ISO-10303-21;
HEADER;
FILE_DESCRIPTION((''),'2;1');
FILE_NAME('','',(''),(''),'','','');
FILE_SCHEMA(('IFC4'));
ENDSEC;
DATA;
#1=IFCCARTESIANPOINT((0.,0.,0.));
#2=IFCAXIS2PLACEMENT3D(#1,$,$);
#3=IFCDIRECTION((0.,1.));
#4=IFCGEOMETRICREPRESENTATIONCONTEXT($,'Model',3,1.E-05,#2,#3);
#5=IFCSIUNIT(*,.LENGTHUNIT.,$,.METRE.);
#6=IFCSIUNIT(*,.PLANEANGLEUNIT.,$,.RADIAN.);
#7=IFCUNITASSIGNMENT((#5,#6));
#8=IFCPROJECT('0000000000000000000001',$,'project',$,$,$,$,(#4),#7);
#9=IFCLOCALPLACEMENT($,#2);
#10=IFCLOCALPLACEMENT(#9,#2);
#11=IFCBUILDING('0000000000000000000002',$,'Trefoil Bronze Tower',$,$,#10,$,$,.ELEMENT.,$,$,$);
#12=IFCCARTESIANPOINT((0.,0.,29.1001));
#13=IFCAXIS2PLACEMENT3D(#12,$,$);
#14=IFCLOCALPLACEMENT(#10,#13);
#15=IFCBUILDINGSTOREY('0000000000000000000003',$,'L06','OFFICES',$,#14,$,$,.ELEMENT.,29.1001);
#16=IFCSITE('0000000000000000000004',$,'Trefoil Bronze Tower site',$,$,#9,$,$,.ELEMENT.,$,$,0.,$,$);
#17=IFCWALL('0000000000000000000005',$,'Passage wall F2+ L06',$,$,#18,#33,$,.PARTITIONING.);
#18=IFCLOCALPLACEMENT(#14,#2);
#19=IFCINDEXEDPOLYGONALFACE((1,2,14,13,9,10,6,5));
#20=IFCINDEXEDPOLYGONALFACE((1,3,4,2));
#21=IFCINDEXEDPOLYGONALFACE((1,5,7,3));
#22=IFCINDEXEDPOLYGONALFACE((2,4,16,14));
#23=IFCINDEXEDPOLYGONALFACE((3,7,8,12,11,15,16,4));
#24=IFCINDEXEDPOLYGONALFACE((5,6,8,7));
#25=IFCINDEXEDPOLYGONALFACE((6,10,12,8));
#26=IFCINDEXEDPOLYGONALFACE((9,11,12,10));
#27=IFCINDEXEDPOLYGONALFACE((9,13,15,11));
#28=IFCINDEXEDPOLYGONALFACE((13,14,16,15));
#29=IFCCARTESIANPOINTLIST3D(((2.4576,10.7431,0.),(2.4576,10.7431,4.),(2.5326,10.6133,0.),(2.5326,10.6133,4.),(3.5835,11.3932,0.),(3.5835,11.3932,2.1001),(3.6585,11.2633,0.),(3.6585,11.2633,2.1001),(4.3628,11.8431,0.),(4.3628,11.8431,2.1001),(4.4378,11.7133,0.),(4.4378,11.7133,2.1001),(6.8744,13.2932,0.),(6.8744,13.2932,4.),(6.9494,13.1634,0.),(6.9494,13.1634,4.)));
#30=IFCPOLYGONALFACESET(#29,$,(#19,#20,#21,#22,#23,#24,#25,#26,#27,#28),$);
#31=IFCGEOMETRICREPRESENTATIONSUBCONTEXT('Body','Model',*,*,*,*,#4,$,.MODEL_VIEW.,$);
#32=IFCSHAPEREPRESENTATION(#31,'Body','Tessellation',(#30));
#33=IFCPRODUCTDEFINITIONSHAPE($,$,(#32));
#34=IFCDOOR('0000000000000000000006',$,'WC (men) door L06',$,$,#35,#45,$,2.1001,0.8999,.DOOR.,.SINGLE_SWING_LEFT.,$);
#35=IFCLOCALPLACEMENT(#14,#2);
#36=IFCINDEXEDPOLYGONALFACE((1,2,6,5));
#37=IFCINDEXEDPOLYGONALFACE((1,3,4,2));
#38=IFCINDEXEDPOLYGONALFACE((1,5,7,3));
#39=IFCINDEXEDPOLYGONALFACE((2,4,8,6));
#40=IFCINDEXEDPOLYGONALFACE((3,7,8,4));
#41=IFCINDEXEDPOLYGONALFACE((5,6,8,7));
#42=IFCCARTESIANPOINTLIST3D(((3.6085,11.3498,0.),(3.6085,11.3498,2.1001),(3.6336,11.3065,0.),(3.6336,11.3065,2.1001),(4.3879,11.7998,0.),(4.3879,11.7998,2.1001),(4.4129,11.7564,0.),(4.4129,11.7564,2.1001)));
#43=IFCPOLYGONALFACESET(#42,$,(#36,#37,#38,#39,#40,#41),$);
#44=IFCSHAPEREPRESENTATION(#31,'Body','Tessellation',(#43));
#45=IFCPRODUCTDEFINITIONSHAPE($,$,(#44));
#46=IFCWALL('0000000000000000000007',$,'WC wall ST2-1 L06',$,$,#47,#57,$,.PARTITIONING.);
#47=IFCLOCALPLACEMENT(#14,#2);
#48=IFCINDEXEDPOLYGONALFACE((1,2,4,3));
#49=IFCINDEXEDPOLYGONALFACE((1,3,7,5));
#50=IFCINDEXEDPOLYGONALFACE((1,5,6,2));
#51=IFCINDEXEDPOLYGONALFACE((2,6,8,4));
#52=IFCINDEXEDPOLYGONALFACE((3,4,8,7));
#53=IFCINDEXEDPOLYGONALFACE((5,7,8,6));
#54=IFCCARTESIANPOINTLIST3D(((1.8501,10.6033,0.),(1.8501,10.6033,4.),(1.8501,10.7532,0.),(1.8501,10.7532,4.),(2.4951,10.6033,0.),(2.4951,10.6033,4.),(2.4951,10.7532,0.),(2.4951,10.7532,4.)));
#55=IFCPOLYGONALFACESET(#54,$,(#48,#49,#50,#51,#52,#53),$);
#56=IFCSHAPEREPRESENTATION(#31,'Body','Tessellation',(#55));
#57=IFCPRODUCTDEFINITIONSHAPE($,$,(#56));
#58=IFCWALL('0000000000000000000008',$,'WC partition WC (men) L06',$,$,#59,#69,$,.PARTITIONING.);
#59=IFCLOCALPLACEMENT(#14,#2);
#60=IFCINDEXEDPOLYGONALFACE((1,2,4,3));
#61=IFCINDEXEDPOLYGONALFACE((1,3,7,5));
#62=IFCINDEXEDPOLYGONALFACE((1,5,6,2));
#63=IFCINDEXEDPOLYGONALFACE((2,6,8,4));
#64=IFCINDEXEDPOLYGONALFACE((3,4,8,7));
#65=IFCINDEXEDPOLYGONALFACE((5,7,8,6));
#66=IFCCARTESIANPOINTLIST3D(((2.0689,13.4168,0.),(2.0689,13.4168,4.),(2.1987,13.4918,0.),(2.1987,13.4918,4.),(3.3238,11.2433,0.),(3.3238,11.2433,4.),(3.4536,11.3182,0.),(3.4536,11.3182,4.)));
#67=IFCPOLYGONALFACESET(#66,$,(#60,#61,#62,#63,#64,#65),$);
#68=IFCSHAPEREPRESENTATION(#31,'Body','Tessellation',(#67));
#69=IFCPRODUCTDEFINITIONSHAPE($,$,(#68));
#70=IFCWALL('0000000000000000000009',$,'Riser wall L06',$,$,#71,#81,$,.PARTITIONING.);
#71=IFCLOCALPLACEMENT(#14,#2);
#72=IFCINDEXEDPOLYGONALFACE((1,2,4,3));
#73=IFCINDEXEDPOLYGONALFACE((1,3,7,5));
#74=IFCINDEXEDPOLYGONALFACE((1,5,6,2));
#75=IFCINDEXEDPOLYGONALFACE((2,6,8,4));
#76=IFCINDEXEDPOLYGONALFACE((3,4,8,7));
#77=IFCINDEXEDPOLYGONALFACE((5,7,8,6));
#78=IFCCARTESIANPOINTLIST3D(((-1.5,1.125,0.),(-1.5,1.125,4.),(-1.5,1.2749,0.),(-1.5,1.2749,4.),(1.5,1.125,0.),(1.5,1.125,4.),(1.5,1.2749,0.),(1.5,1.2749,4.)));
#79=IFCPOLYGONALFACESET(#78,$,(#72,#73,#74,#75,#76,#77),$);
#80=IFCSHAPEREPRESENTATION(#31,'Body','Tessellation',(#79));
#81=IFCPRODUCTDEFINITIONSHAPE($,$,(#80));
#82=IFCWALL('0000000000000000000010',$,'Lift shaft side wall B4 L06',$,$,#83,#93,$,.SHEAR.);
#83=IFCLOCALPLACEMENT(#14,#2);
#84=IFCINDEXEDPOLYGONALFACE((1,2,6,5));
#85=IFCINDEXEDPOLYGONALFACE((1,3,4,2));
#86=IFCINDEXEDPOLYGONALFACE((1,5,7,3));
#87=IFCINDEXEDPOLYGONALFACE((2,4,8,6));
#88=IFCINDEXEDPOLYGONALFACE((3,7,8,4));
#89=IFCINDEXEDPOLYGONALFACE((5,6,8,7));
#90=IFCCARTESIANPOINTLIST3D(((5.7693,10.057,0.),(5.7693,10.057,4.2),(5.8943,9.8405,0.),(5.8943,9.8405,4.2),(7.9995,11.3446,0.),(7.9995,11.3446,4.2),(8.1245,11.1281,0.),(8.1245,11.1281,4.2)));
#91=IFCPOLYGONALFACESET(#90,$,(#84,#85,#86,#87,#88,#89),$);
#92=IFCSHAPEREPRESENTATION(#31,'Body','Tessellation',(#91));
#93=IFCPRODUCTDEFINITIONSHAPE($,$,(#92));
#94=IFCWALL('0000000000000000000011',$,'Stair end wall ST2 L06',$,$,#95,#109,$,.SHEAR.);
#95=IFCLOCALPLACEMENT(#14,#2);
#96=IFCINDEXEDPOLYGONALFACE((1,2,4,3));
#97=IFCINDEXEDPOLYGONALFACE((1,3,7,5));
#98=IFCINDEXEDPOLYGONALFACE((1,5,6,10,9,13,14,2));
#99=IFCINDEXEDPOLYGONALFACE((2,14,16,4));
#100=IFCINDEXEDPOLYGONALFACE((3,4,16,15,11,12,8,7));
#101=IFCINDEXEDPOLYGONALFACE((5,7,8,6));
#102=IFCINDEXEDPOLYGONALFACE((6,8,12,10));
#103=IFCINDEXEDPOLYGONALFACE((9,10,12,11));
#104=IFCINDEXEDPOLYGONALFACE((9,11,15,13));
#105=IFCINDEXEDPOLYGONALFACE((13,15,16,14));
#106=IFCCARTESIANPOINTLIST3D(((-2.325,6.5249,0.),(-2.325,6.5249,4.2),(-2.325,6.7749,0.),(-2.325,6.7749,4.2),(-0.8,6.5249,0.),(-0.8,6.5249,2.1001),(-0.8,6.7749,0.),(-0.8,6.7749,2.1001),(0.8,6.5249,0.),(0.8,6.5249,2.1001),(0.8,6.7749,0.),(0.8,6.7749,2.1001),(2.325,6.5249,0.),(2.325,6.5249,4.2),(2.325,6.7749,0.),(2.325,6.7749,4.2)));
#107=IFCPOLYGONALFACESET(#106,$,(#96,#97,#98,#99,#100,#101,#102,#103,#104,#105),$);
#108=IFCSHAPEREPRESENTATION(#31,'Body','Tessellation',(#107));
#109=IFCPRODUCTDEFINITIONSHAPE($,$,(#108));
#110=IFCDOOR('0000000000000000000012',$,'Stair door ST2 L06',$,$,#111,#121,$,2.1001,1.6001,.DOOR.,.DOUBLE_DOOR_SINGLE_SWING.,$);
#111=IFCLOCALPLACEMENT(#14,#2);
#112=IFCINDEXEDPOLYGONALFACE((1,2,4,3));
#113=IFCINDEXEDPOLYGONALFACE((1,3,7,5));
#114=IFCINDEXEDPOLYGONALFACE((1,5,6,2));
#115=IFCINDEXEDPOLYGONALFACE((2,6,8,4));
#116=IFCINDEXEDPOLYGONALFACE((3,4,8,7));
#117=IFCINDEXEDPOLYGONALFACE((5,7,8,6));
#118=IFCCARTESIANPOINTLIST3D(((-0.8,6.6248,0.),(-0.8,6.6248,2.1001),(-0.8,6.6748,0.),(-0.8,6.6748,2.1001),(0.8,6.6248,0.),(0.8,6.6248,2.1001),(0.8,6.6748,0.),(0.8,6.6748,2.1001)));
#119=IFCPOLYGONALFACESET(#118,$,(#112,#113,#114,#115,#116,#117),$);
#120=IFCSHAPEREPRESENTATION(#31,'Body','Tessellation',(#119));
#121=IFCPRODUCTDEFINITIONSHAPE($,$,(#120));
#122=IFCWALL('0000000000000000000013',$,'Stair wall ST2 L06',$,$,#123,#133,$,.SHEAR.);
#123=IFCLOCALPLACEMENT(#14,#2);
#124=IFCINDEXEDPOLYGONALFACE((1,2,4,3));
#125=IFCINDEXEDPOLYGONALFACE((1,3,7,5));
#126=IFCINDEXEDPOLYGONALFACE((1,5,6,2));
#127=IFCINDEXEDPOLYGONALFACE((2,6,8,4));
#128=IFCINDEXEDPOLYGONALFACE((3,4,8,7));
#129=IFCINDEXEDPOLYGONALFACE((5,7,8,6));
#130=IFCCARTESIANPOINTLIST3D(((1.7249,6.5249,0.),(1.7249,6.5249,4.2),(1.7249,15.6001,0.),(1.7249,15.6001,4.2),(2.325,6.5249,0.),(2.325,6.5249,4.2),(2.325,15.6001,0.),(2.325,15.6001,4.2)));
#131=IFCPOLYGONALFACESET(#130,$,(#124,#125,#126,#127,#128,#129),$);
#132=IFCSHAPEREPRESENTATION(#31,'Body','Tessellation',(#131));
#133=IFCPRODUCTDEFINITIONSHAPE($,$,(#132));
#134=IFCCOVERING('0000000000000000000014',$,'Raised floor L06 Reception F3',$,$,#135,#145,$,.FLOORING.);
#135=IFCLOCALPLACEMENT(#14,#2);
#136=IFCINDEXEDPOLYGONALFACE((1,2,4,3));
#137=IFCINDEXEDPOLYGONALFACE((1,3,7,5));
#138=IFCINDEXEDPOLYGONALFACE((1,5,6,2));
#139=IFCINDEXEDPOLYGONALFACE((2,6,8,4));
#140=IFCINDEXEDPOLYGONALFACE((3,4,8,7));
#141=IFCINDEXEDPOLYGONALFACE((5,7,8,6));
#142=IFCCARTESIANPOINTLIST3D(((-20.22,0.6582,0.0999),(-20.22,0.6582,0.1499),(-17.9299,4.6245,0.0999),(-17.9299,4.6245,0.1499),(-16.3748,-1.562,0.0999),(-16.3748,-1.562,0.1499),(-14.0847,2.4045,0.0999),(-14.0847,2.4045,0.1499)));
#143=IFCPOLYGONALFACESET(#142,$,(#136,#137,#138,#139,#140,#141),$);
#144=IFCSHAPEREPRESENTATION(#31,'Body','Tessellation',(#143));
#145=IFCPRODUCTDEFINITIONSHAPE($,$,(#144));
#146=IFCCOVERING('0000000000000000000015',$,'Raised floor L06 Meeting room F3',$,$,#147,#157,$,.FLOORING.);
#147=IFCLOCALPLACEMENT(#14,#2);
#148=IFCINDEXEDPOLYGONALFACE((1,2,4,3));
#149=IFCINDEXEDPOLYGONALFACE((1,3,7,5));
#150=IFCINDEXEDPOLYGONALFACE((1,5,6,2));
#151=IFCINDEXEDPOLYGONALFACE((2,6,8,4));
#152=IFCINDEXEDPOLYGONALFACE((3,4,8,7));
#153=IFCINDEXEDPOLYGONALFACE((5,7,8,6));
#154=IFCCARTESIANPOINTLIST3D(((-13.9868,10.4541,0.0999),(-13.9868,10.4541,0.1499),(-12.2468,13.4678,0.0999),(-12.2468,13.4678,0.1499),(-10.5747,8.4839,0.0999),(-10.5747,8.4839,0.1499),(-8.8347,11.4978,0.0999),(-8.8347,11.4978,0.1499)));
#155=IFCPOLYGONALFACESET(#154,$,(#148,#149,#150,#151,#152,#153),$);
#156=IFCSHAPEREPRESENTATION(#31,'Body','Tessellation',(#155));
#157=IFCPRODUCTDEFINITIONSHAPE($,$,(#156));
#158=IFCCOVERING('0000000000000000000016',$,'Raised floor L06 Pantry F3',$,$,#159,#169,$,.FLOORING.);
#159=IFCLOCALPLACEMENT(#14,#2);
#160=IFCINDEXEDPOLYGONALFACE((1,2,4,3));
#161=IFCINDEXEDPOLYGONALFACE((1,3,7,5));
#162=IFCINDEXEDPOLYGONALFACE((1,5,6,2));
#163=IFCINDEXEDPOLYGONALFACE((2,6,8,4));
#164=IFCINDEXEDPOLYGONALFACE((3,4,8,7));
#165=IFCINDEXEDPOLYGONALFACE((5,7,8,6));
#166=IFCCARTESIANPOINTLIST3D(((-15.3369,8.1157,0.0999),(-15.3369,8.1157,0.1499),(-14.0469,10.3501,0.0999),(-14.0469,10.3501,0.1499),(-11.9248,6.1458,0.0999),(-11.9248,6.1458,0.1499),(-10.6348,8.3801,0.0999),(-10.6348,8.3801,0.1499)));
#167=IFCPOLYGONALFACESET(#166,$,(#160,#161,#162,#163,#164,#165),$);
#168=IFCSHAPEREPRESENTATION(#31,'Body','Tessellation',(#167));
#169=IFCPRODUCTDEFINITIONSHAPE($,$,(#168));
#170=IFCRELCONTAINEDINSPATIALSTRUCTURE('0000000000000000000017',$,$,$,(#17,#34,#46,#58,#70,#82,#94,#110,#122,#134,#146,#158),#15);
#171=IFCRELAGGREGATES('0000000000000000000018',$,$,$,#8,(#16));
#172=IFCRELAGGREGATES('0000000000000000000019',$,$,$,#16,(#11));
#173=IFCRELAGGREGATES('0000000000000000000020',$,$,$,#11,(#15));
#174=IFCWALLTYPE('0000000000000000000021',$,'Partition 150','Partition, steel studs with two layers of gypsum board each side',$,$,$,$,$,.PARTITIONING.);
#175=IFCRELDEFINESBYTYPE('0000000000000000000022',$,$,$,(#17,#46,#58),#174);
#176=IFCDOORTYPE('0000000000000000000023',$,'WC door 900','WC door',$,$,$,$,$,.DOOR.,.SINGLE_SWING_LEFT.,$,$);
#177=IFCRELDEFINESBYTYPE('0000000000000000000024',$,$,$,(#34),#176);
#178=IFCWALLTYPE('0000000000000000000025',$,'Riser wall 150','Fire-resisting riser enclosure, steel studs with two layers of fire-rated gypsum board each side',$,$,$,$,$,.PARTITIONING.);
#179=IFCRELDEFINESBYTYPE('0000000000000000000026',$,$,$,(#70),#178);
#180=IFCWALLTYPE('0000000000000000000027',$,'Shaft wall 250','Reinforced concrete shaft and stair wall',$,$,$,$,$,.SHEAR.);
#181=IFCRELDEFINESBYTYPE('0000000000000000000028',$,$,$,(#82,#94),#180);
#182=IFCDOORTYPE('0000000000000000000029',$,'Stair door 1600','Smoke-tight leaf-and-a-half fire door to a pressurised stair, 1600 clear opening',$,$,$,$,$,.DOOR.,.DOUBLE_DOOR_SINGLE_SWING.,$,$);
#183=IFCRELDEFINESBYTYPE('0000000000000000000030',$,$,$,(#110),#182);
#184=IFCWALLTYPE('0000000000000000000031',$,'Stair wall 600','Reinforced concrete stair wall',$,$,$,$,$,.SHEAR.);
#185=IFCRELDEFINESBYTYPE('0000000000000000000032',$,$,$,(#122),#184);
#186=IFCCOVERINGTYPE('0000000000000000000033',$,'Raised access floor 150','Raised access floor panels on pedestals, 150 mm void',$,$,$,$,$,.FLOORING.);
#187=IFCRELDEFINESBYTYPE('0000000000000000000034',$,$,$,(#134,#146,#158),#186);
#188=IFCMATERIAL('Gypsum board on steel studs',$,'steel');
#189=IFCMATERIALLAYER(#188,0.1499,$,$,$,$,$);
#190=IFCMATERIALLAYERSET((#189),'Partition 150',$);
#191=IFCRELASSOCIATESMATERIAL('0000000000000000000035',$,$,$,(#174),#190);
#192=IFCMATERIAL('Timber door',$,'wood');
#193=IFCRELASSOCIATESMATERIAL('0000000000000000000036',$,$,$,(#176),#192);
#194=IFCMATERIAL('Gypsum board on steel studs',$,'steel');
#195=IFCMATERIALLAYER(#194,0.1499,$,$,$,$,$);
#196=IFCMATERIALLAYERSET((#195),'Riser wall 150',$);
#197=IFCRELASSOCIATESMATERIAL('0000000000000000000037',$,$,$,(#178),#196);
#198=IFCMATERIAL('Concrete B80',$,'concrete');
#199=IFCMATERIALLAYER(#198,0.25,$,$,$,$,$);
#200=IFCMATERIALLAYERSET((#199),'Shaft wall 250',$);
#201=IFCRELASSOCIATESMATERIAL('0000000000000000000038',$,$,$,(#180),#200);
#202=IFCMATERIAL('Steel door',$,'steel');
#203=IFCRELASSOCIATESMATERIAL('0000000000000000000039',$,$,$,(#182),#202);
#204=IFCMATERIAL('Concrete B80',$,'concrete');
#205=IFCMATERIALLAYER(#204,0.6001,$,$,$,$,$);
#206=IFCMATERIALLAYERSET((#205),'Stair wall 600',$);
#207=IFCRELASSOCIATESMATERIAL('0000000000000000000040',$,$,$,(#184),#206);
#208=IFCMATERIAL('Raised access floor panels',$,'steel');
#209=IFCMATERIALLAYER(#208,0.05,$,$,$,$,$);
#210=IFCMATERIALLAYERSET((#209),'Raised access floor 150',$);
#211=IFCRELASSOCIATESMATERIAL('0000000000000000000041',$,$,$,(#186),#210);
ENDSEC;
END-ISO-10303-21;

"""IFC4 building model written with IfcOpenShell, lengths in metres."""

from ifc_helpers import new_model, si_unit, direction, frame, frame_2d, origin, place, context, subcontext, project, spatial, polyline, rectangle, outline, extrude, material, layer, layer_set, type_object, element, fill, save


model = new_model("IFC4")

# Units and contexts
model_context = context("Model", 3, precision=1e-05, world=origin(), true_north=direction((0.0, 1.0)))
body_context = subcontext(model_context, "Body", "Model", "MODEL_VIEW")
ifc_project = project(units=[si_unit("LENGTHUNIT", "METRE"), si_unit("PLANEANGLEUNIT", "RADIAN")], contexts=[model_context])

# Site, building, storey
site_placement = place(None, origin())
site = spatial("IfcSite", under=ifc_project, at=site_placement, Name="Trefoil Bronze Tower site", CompositionType="ELEMENT", RefElevation=0.0)
building_placement = place(site_placement, origin())
building = spatial("IfcBuilding", under=site, at=building_placement, Name="Trefoil Bronze Tower", CompositionType="ELEMENT")
storey_placement = place(building_placement, frame((0.0, 0.0, 29.1001)))
storey = spatial("IfcBuildingStorey", under=building, at=storey_placement, Name="L06", Description="OFFICES", CompositionType="ELEMENT", Elevation=29.1001)

# Wall, opening, door
ifc_material_1 = material(Name="Gypsum board on steel studs", Category="steel")
ifc_layer_1 = layer(ifc_material_1, 0.1499)
ifc_layer_set_1 = layer_set([ifc_layer_1], Name="Partition 150")
wall_type_1 = type_object("IfcWallType", Name="Partition 150", Description="Partition, steel studs with two layers of gypsum board each side", PredefinedType="PARTITIONING", material=ifc_layer_set_1)
wall_1_placement = place(storey_placement, frame((2.4951, 10.6782, 0.0), z_axis=(0.0, 0.0, 1.0), x_axis=(0.866022, 0.500006, 0.0)))
wall_1 = element("IfcWall", 1, at=wall_1_placement, inside=storey, type_object=wall_type_1, Name="Passage wall F2+ L06", PredefinedType="PARTITIONING", context=body_context, shape_type="SweptSolid", body=[
    extrude(rectangle(XDim=5.1001, YDim=0.1499, at=frame_2d((2.55, 0.0))), origin(), (0.0, 0.0, 1.0), 4.0),
])
opening_1_placement = place(wall_1_placement, frame((1.3, 0.0, 0.0)))
opening_1 = element("IfcOpeningElement", 2, at=opening_1_placement, cuts=wall_1, PredefinedType="OPENING", context=body_context, shape_type="SweptSolid", body=[
    extrude(rectangle(XDim=0.8999, YDim=2.1001, at=frame_2d((0.45, 1.05))), frame((0.0, 0.085, 0.0), z_axis=(0.0, -1.0, 0.0), x_axis=(1.0, 0.0, 0.0)), (0.0, 0.0, 1.0), 0.1699),
])
ifc_material_2 = material(Name="Timber door", Category="wood")
door_type_1 = type_object("IfcDoorType", Name="WC door 900", Description="WC door", OperationType="SINGLE_SWING_LEFT", PredefinedType="DOOR", material=ifc_material_2)
door_1_placement = place(opening_1_placement, origin())
door_1 = element("IfcDoor", 3, at=door_1_placement, inside=storey, type_object=door_type_1, Name="WC (men) door L06", OperationType="SINGLE_SWING_LEFT", OverallHeight=2.1001, OverallWidth=0.8999, PredefinedType="DOOR", context=body_context, shape_type="SweptSolid", body=[
    extrude(rectangle(XDim=0.8999, YDim=2.1001, at=frame_2d((0.45, 1.05))), frame((0.0, 0.0249, 0.0), z_axis=(0.0, -1.0, 0.0), x_axis=(1.0, 0.0, 0.0)), (0.0, 0.0, 1.0), 0.05),
])
fill(opening_1, door_1)

# Walls
wall_2_placement = place(storey_placement, frame((2.4951, 10.6782, 0.0), z_axis=(0.0, 0.0, 1.0), x_axis=(-1.0, 0.0, 0.0)))
element("IfcWall", 4, at=wall_2_placement, inside=storey, type_object=wall_type_1, Name="WC wall ST2-1 L06", PredefinedType="PARTITIONING", context=body_context, shape_type="SweptSolid", body=[
    extrude(rectangle(XDim=0.645, YDim=0.1499, at=frame_2d((0.3225, 0.0))), origin(), (0.0, 0.0, 1.0), 4.0),
])
wall_3_placement = place(storey_placement, frame((3.3887, 11.2808, 0.0), z_axis=(0.0, 0.0, 1.0), x_axis=(-0.499989, 0.866032, 0.0)))
element("IfcWall", 5, at=wall_3_placement, inside=storey, type_object=wall_type_1, Name="WC partition WC (men) L06", PredefinedType="PARTITIONING", context=body_context, shape_type="SweptSolid", body=[
    extrude(rectangle(XDim=2.5098, YDim=0.1499, at=frame_2d((1.2549, 0.0))), origin(), (0.0, 0.0, 1.0), 4.0),
])
ifc_material_3 = material(Name="Gypsum board on steel studs", Category="steel")
ifc_layer_2 = layer(ifc_material_3, 0.1499)
ifc_layer_set_2 = layer_set([ifc_layer_2], Name="Riser wall 150")
wall_type_2 = type_object("IfcWallType", Name="Riser wall 150", Description="Fire-resisting riser enclosure, steel studs with two layers of fire-rated gypsum board each side", PredefinedType="PARTITIONING", material=ifc_layer_set_2)
wall_4_placement = place(storey_placement, frame((1.5, 1.2, 0.0), z_axis=(0.0, 0.0, 1.0), x_axis=(-1.0, 0.0, 0.0)))
element("IfcWall", 6, at=wall_4_placement, inside=storey, type_object=wall_type_2, Name="Riser wall L06", PredefinedType="PARTITIONING", context=body_context, shape_type="SweptSolid", body=[
    extrude(rectangle(XDim=3.0, YDim=0.1499, at=frame_2d((1.5, 0.0))), origin(), (0.0, 0.0, 1.0), 4.0),
])
ifc_material_4 = material(Name="Concrete B80", Category="concrete")
ifc_layer_3 = layer(ifc_material_4, 0.25)
ifc_layer_set_3 = layer_set([ifc_layer_3], Name="Shaft wall 250")
wall_type_3 = type_object("IfcWallType", Name="Shaft wall 250", Description="Reinforced concrete shaft and stair wall", PredefinedType="SHEAR", material=ifc_layer_set_3)
wall_5_placement = place(storey_placement, frame((5.8318, 9.9487, 0.0), z_axis=(0.0, 0.0, 1.0), x_axis=(0.866029, 0.499993, 0.0)))
element("IfcWall", 7, at=wall_5_placement, inside=storey, type_object=wall_type_3, Name="Lift shaft side wall B4 L06", PredefinedType="SHEAR", context=body_context, shape_type="SweptSolid", body=[
    extrude(rectangle(XDim=2.5752, YDim=0.25, at=frame_2d((1.2876, 0.0))), origin(), (0.0, 0.0, 1.0), 4.2),
])

# Wall, opening, door
wall_6_placement = place(storey_placement, frame((2.325, 6.6499, 0.0), z_axis=(0.0, 0.0, 1.0), x_axis=(-1.0, 0.0, 0.0)))
wall_6 = element("IfcWall", 8, at=wall_6_placement, inside=storey, type_object=wall_type_3, Name="Stair end wall ST2 L06", PredefinedType="SHEAR", context=body_context, shape_type="SweptSolid", body=[
    extrude(rectangle(XDim=4.6499, YDim=0.25, at=frame_2d((2.325, 0.0))), origin(), (0.0, 0.0, 1.0), 4.2),
])
opening_2_placement = place(wall_6_placement, frame((1.5249, 0.0, 0.0)))
opening_2 = element("IfcOpeningElement", 9, at=opening_2_placement, cuts=wall_6, PredefinedType="OPENING", context=body_context, shape_type="SweptSolid", body=[
    extrude(rectangle(XDim=1.6001, YDim=2.1001, at=frame_2d((0.8, 1.05))), frame((0.0, 0.135, 0.0), z_axis=(0.0, -1.0, 0.0), x_axis=(1.0, 0.0, 0.0)), (0.0, 0.0, 1.0), 0.27),
])
ifc_material_5 = material(Name="Steel door", Category="steel")
door_type_2 = type_object("IfcDoorType", Name="Stair door 1600", Description="Smoke-tight leaf-and-a-half fire door to a pressurised stair, 1600 clear opening", OperationType="DOUBLE_DOOR_SINGLE_SWING", PredefinedType="DOOR", material=ifc_material_5)
door_2_placement = place(opening_2_placement, frame((1.6001, 0.0, 0.0), z_axis=(0.0, 0.0, 1.0), x_axis=(-1.0, 0.0, 0.0)))
door_2 = element("IfcDoor", 10, at=door_2_placement, inside=storey, type_object=door_type_2, Name="Stair door ST2 L06", OperationType="DOUBLE_DOOR_SINGLE_SWING", OverallHeight=2.1001, OverallWidth=1.6001, PredefinedType="DOOR", context=body_context, shape_type="SweptSolid", body=[
    extrude(rectangle(XDim=1.6001, YDim=2.1001, at=frame_2d((0.8, 1.05))), frame((0.0, 0.0249, 0.0), z_axis=(0.0, -1.0, 0.0), x_axis=(1.0, 0.0, 0.0)), (0.0, 0.0, 1.0), 0.05),
])
fill(opening_2, door_2)

# Wall
ifc_material_6 = material(Name="Concrete B80", Category="concrete")
ifc_layer_4 = layer(ifc_material_6, 0.6001)
ifc_layer_set_4 = layer_set([ifc_layer_4], Name="Stair wall 600")
wall_type_4 = type_object("IfcWallType", Name="Stair wall 600", Description="Reinforced concrete stair wall", PredefinedType="SHEAR", material=ifc_layer_set_4)
wall_7_placement = place(storey_placement, frame((2.0249, 6.5249, 0.0), z_axis=(0.0, 0.0, 1.0), x_axis=(0.0, 1.0, 0.0)))
element("IfcWall", 11, at=wall_7_placement, inside=storey, type_object=wall_type_4, Name="Stair wall ST2 L06", PredefinedType="SHEAR", context=body_context, shape_type="SweptSolid", body=[
    extrude(rectangle(XDim=9.0752, YDim=0.6001, at=frame_2d((4.5376, 0.0))), origin(), (0.0, 0.0, 1.0), 4.2),
])

# Coverings
ifc_material_7 = material(Name="Raised access floor panels", Category="steel")
ifc_layer_5 = layer(ifc_material_7, 0.05)
ifc_layer_set_5 = layer_set([ifc_layer_5], Name="Raised access floor 150")
covering_type_1 = type_object("IfcCoveringType", Name="Raised access floor 150", Description="Raised access floor panels on pedestals, 150 mm void", PredefinedType="FLOORING", material=ifc_layer_set_5)
covering_1_placement = place(storey_placement, frame((0.0, 0.0, 0.0999)))
element("IfcCovering", 12, at=covering_1_placement, inside=storey, type_object=covering_type_1, Name="Raised floor L06 Reception F3", PredefinedType="FLOORING", context=body_context, shape_type="SweptSolid", body=[
    extrude(outline(polyline([(-16.3748, -1.562), (-20.22, 0.6582), (-17.9299, 4.6245), (-14.0847, 2.4045), (-16.3748, -1.562)])), origin(), (0.0, 0.0, 1.0), 0.05),
])
covering_2_placement = place(storey_placement, frame((0.0, 0.0, 0.0999)))
element("IfcCovering", 13, at=covering_2_placement, inside=storey, type_object=covering_type_1, Name="Raised floor L06 Meeting room F3", PredefinedType="FLOORING", context=body_context, shape_type="SweptSolid", body=[
    extrude(outline(polyline([(-10.5747, 8.4839), (-13.9868, 10.4541), (-12.2468, 13.4678), (-8.8347, 11.4978), (-10.5747, 8.4839)])), origin(), (0.0, 0.0, 1.0), 0.05),
])
covering_3_placement = place(storey_placement, frame((0.0, 0.0, 0.0999)))
element("IfcCovering", 14, at=covering_3_placement, inside=storey, type_object=covering_type_1, Name="Raised floor L06 Pantry F3", PredefinedType="FLOORING", context=body_context, shape_type="SweptSolid", body=[
    extrude(outline(polyline([(-11.9248, 6.1458), (-15.3369, 8.1157), (-14.0469, 10.3501), (-10.6348, 8.3801), (-11.9248, 6.1458)])), origin(), (0.0, 0.0, 1.0), 0.05),
])

save(model, "model.ifc")
